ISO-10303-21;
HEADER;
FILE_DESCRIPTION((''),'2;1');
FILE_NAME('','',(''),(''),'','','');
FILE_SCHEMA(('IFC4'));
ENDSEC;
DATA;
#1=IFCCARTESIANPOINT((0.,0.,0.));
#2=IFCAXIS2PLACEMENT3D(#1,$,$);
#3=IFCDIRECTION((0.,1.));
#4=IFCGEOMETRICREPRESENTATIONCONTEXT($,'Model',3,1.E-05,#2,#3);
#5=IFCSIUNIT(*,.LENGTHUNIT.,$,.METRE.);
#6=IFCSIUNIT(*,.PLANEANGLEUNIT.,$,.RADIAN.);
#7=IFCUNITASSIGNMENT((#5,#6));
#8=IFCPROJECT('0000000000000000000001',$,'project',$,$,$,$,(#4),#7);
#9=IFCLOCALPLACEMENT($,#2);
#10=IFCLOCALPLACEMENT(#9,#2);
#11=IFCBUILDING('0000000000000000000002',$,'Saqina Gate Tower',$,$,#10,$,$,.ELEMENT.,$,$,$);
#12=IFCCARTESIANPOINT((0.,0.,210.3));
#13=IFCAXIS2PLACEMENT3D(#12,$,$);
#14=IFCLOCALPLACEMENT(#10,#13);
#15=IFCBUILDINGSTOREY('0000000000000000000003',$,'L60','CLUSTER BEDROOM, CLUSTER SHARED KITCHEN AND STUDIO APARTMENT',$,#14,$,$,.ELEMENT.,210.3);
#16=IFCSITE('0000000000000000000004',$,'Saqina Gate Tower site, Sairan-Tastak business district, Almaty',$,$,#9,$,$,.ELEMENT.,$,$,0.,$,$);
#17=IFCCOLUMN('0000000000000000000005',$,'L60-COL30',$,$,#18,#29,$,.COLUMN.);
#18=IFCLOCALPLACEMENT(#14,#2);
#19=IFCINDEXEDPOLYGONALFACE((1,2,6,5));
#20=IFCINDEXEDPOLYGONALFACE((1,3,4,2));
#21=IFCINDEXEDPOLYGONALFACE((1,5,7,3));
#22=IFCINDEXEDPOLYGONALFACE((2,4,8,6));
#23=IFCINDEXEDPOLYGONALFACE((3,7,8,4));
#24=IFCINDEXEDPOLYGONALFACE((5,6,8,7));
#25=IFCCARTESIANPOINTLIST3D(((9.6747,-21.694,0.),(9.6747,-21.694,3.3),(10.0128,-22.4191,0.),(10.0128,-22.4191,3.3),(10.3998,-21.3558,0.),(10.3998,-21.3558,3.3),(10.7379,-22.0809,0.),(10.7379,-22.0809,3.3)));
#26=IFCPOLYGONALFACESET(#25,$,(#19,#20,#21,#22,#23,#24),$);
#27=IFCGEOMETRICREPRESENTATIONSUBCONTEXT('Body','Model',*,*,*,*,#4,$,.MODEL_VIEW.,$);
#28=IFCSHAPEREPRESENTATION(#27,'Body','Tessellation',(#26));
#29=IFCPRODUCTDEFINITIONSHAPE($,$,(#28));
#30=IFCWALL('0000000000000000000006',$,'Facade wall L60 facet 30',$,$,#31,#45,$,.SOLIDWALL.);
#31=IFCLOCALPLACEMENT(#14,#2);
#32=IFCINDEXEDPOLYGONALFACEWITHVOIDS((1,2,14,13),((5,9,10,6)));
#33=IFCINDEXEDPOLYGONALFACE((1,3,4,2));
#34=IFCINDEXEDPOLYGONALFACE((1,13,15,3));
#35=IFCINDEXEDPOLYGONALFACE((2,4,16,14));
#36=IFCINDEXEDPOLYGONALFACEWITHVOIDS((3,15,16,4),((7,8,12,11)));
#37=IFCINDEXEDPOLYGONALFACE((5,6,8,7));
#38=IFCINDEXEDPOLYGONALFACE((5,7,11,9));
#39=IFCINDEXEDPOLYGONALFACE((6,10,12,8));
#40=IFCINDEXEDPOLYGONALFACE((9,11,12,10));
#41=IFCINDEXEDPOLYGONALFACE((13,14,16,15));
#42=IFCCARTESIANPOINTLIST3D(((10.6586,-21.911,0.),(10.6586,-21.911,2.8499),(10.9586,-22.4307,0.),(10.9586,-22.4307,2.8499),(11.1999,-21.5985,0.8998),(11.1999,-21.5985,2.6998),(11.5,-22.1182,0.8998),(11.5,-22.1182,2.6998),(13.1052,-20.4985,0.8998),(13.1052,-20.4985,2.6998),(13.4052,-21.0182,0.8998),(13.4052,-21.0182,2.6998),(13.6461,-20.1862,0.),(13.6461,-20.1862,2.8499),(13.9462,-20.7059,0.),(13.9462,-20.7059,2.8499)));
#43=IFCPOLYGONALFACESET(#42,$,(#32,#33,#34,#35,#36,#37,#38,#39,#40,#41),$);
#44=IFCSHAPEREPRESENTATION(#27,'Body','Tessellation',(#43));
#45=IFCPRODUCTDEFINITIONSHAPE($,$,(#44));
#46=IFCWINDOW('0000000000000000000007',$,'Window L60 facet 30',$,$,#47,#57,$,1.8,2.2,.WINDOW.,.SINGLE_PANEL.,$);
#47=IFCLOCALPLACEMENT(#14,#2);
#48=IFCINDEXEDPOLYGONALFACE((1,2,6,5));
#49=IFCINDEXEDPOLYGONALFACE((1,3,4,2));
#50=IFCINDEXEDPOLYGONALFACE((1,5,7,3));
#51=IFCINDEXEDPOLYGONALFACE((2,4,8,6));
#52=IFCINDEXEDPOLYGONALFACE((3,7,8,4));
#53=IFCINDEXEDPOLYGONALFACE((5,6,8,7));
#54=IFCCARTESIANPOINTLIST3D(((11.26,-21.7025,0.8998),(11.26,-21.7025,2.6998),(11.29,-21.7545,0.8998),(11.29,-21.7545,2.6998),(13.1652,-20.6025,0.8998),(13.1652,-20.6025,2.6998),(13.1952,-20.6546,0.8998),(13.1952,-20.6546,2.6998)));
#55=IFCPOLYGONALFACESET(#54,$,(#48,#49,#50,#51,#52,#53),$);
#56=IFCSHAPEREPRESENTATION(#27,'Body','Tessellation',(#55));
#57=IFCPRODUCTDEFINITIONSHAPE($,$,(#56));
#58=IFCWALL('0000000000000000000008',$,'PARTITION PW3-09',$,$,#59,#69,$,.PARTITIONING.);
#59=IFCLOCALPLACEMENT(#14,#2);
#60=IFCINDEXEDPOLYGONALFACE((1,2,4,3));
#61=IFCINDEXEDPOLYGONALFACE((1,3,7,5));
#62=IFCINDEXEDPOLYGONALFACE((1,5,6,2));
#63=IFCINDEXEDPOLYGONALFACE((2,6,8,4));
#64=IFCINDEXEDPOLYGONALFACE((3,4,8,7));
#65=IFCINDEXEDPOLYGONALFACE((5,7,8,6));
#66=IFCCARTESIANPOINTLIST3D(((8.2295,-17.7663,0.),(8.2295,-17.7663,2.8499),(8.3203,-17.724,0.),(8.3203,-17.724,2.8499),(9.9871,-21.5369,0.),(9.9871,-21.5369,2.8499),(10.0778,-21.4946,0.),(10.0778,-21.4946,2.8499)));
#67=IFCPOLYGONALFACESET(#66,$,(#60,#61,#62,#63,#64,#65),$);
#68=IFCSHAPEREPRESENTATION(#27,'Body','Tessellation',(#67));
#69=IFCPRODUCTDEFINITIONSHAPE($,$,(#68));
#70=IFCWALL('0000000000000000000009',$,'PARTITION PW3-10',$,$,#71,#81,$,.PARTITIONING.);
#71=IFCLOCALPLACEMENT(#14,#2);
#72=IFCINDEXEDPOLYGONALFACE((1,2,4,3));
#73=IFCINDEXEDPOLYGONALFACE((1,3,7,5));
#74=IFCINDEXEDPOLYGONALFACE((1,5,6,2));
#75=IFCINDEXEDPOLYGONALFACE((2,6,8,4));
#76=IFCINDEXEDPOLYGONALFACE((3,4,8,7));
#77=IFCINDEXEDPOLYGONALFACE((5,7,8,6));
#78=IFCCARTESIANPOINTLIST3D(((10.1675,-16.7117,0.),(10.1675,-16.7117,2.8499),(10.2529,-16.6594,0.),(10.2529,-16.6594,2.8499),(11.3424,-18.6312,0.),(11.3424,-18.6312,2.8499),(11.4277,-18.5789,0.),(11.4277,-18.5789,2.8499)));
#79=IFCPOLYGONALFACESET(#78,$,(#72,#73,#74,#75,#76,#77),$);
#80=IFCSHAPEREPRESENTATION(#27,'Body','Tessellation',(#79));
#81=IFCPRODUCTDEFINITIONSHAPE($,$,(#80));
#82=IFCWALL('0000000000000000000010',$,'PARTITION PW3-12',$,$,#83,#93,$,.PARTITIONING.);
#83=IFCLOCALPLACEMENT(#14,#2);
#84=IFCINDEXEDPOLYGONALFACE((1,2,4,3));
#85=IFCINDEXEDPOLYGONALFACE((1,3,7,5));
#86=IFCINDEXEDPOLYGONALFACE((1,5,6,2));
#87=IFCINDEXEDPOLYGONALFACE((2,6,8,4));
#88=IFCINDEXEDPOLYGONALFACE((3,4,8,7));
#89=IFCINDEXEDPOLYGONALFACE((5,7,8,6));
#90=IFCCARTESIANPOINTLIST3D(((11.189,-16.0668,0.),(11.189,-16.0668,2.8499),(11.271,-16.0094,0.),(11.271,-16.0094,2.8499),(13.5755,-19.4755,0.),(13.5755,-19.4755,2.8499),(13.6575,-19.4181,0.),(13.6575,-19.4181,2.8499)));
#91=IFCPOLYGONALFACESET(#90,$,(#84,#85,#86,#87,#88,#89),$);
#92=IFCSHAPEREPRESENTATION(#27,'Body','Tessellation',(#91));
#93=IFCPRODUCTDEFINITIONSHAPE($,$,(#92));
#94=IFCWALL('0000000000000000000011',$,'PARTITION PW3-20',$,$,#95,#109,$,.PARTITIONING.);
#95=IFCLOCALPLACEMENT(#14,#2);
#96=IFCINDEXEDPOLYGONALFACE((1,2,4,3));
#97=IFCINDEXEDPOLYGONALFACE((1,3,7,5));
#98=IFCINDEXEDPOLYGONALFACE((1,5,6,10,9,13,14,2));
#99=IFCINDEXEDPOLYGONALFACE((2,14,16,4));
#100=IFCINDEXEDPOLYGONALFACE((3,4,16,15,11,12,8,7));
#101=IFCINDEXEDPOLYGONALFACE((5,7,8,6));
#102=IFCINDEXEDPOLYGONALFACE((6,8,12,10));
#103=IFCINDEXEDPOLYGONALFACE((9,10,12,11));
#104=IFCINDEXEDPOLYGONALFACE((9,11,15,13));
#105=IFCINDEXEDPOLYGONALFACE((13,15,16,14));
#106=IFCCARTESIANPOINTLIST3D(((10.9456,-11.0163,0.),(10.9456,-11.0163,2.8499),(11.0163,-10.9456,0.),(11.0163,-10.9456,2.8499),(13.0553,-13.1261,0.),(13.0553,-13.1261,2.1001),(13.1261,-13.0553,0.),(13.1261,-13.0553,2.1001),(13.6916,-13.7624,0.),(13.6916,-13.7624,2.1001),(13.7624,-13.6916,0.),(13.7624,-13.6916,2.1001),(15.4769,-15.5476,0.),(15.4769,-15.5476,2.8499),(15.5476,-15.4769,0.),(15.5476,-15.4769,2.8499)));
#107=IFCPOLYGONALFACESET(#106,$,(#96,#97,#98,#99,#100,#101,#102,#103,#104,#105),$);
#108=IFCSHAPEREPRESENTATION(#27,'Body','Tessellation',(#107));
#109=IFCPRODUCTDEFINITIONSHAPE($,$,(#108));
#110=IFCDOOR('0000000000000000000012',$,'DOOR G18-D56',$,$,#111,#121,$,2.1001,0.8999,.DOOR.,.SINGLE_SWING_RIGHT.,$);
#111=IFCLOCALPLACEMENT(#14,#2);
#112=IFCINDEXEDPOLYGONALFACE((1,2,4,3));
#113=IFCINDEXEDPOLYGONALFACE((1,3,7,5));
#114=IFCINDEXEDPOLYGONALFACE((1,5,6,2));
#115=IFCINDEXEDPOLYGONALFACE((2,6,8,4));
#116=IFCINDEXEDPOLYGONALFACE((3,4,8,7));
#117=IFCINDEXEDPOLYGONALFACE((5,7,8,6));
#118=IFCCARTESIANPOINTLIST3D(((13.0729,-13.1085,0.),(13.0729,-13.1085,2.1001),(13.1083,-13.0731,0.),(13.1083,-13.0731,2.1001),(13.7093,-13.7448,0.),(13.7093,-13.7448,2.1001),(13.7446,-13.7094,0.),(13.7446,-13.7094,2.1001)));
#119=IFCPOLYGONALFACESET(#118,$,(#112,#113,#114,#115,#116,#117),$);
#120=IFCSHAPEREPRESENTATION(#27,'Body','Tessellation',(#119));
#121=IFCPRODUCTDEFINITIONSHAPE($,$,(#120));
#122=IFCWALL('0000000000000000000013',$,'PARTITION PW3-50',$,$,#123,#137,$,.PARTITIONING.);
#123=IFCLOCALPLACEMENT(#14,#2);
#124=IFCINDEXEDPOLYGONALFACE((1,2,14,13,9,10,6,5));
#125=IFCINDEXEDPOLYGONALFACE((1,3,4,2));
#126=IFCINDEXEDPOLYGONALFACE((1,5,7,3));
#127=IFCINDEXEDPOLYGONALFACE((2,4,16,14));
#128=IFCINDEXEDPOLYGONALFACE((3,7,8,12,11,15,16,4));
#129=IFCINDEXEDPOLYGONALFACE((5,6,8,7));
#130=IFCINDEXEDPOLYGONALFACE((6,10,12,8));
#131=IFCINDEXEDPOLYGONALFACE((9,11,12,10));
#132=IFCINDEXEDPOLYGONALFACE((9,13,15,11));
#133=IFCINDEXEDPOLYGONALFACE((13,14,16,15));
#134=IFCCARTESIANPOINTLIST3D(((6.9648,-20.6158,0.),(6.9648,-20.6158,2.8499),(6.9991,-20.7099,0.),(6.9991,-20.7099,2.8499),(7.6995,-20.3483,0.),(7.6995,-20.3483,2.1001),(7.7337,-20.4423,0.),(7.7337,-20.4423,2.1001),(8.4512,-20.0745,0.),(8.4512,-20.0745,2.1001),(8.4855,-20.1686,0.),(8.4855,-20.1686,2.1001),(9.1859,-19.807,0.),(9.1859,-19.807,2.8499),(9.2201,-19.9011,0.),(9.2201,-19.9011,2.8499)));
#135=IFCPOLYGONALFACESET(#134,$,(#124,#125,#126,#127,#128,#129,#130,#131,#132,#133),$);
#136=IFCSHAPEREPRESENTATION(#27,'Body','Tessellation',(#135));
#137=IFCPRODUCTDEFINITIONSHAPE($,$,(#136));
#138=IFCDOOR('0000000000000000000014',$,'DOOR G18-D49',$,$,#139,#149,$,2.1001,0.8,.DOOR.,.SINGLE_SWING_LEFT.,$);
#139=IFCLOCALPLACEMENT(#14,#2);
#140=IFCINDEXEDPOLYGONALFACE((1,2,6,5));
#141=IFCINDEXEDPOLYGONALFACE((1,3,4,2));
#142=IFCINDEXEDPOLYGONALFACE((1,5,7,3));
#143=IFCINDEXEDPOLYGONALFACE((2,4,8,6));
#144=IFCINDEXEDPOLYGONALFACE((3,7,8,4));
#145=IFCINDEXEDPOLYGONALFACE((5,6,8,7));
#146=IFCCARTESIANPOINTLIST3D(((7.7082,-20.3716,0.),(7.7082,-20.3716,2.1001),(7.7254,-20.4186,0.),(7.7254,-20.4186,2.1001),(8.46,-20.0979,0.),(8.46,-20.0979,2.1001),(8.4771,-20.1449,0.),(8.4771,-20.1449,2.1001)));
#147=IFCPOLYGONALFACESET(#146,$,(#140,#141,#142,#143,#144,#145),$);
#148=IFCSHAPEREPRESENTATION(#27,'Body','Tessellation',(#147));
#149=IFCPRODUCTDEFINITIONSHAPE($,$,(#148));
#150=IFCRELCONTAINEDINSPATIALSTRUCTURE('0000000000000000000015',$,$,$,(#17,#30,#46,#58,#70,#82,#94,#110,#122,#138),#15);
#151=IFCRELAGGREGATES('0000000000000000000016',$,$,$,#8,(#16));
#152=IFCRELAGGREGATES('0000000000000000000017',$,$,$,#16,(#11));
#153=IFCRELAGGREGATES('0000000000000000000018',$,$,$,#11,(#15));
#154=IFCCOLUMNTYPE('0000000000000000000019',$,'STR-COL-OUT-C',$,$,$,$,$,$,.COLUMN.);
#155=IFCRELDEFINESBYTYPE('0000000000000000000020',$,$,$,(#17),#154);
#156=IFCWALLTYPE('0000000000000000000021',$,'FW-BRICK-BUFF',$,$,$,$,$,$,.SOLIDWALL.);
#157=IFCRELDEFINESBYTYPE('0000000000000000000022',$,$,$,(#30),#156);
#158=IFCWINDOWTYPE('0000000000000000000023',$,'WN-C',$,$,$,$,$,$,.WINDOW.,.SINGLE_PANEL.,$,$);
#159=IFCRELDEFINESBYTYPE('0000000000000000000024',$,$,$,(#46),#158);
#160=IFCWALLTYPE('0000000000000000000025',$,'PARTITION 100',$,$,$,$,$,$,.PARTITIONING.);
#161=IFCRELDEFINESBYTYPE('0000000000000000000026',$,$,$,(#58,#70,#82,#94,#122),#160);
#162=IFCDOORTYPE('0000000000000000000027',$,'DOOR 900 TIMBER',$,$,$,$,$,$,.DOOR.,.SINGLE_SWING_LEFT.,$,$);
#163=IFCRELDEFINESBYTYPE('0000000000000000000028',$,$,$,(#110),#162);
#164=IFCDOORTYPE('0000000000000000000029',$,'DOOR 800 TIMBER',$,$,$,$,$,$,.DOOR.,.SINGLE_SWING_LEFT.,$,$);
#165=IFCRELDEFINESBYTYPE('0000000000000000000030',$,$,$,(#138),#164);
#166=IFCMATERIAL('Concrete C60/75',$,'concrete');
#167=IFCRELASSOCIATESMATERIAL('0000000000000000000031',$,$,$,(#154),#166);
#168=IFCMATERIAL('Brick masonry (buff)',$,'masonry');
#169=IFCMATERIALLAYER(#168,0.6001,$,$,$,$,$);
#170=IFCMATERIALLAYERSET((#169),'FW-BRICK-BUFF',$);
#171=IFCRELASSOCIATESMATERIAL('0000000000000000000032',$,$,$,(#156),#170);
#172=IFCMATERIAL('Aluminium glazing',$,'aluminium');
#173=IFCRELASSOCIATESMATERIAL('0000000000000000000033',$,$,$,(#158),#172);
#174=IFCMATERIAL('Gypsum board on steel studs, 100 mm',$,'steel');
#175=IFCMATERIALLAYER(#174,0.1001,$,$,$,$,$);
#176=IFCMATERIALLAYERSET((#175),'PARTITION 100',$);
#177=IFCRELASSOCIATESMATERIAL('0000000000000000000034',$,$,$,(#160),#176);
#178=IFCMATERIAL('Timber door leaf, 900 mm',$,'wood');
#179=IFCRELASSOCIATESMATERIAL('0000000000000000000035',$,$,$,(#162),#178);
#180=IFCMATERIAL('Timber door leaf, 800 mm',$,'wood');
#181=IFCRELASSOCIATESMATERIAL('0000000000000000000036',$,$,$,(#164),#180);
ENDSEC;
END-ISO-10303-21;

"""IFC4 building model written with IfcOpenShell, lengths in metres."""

from ifc_helpers import new_model, si_unit, direction, frame, frame_2d, origin, origin_2d, place, context, subcontext, project, spatial, rectangle, extrude, material, layer, layer_set, material_profile, profile_set, type_object, element, fill, save


model = new_model("IFC4")

# Units and contexts
model_context = context("Model", 3, precision=1e-05, world=origin(), true_north=direction((0.0, 1.0)))
body_context = subcontext(model_context, "Body", "Model", "MODEL_VIEW")
ifc_project = project(units=[si_unit("LENGTHUNIT", "METRE"), si_unit("PLANEANGLEUNIT", "RADIAN")], contexts=[model_context])

# Site, building, storey
site_placement = place(None, origin())
site = spatial("IfcSite", under=ifc_project, at=site_placement, Name="Saqina Gate Tower site, Sairan-Tastak business district, Almaty", CompositionType="ELEMENT", RefElevation=0.0)
building_placement = place(site_placement, origin())
building = spatial("IfcBuilding", under=site, at=building_placement, Name="Saqina Gate Tower", CompositionType="ELEMENT")
storey_placement = place(building_placement, frame((0.0, 0.0, 210.3)))
storey = spatial("IfcBuildingStorey", under=building, at=storey_placement, Name="L60", Description="CLUSTER BEDROOM, CLUSTER SHARED KITCHEN AND STUDIO APARTMENT", CompositionType="ELEMENT", Elevation=210.3)

# Column
ifc_material_1 = material(Name="Concrete C60/75", Category="concrete")
ifc_material_profile = material_profile(ifc_material_1, rectangle(XDim=0.8, YDim=0.8, at=origin_2d()), Name="RC 800x800")
ifc_profile_set = profile_set([ifc_material_profile], Name="Concrete C60/75")
column_type = type_object("IfcColumnType", Name="STR-COL-OUT-C", PredefinedType="COLUMN", material=ifc_profile_set)
column_placement = place(storey_placement, frame((10.2063, -21.8875, 0.0), z_axis=(0.0, 0.0, 1.0), x_axis=(0.422618, -0.906308, 0.0)))
element("IfcColumn", 1, at=column_placement, inside=storey, type_object=column_type, Name="L60-COL30", PredefinedType="COLUMN", context=body_context, shape_type="SweptSolid", body=[
    extrude(rectangle(XDim=0.8, YDim=0.8, at=origin_2d()), origin(), (0.0, 0.0, 1.0), 3.3),
])

# Wall, opening, window
ifc_material_2 = material(Name="Brick masonry (buff)", Category="masonry")
ifc_layer_1 = layer(ifc_material_2, 0.6001)
ifc_layer_set_1 = layer_set([ifc_layer_1], Name="FW-BRICK-BUFF")
wall_type_1 = type_object("IfcWallType", Name="FW-BRICK-BUFF", PredefinedType="SOLIDWALL", material=ifc_layer_set_1)
wall_1_placement = place(storey_placement, frame((10.8086, -22.1709, 0.0), z_axis=(0.0, 0.0, 1.0), x_axis=(0.866026, 0.499998, 0.0)))
wall_1 = element("IfcWall", 2, at=wall_1_placement, inside=storey, type_object=wall_type_1, Name="Facade wall L60 facet 30", PredefinedType="SOLIDWALL", context=body_context, shape_type="SweptSolid", body=[
    extrude(rectangle(XDim=3.4497, YDim=0.6001, at=frame_2d((1.7249, 0.0))), origin(), (0.0, 0.0, 1.0), 2.8499),
])
opening_1_placement = place(wall_1_placement, frame((0.625, 0.0, 0.8999)))
opening_1 = element("IfcOpeningElement", 3, at=opening_1_placement, cuts=wall_1, PredefinedType="OPENING", context=body_context, shape_type="SweptSolid", body=[
    extrude(rectangle(XDim=2.2, YDim=1.8, at=frame_2d((1.1001, 0.8999))), frame((0.0, 0.312, 0.0), z_axis=(0.0, -1.0, 0.0), x_axis=(1.0, 0.0, 0.0)), (0.0, 0.0, 1.0), 0.624),
])
ifc_material_3 = material(Name="Aluminium glazing", Category="aluminium")
window_type = type_object("IfcWindowType", Name="WN-C", PartitioningType="SINGLE_PANEL", PredefinedType="WINDOW", material=ifc_material_3)
window_placement = place(opening_1_placement, origin())
window = element("IfcWindow", 4, at=window_placement, inside=storey, type_object=window_type, Name="Window L60 facet 30", OverallHeight=1.8, OverallWidth=2.2, PartitioningType="SINGLE_PANEL", PredefinedType="WINDOW", context=body_context, shape_type="SweptSolid", body=[
    extrude(rectangle(XDim=2.2, YDim=1.8, at=frame_2d((1.1001, 0.8999))), frame((0.0, 0.1799, 0.0), z_axis=(0.0, -1.0, 0.0), x_axis=(1.0, 0.0, 0.0)), (0.0, 0.0, 1.0), 0.0601),
])
fill(opening_1, window)

# Walls
ifc_material_4 = material(Name="Gypsum board on steel studs, 100 mm", Category="steel")
ifc_layer_2 = layer(ifc_material_4, 0.1001)
ifc_layer_set_2 = layer_set([ifc_layer_2], Name="PARTITION 100")
wall_type_2 = type_object("IfcWallType", Name="PARTITION 100", PredefinedType="PARTITIONING", material=ifc_layer_set_2)
wall_2_placement = place(storey_placement, frame((8.2749, -17.7451, 0.0), z_axis=(0.0, 0.0, 1.0), x_axis=(0.422468, -0.906378, 0.0)))
element("IfcWall", 5, at=wall_2_placement, inside=storey, type_object=wall_type_2, Name="PARTITION PW3-09", PredefinedType="PARTITIONING", context=body_context, shape_type="SweptSolid", body=[
    extrude(rectangle(XDim=4.1602, YDim=0.1001, at=frame_2d((2.0801, 0.0))), origin(), (0.0, 0.0, 1.0), 2.8499),
])
wall_3_placement = place(storey_placement, frame((10.2102, -16.6855, 0.0), z_axis=(0.0, 0.0, 1.0), x_axis=(0.522038, -0.852922, 0.0)))
element("IfcWall", 6, at=wall_3_placement, inside=storey, type_object=wall_type_2, Name="PARTITION PW3-10", PredefinedType="PARTITIONING", context=body_context, shape_type="SweptSolid", body=[
    extrude(rectangle(XDim=2.2505, YDim=0.1001, at=frame_2d((1.1252, 0.0))), origin(), (0.0, 0.0, 1.0), 2.8499),
])
wall_4_placement = place(storey_placement, frame((11.23, -16.0381, 0.0), z_axis=(0.0, 0.0, 1.0), x_axis=(0.573525, -0.819188, 0.0)))
element("IfcWall", 7, at=wall_4_placement, inside=storey, type_object=wall_type_2, Name="PARTITION PW3-12", PredefinedType="PARTITIONING", context=body_context, shape_type="SweptSolid", body=[
    extrude(rectangle(XDim=4.1611, YDim=0.1001, at=frame_2d((2.0806, 0.0))), origin(), (0.0, 0.0, 1.0), 2.8499),
])

# Walls, openings, doors
wall_5_placement = place(storey_placement, frame((10.981, -10.981, 0.0), z_axis=(0.0, 0.0, 1.0), x_axis=(0.707107, -0.707107, 0.0)))
wall_5 = element("IfcWall", 8, at=wall_5_placement, inside=storey, type_object=wall_type_2, Name="PARTITION PW3-20", PredefinedType="PARTITIONING", context=body_context, shape_type="SweptSolid", body=[
    extrude(rectangle(XDim=6.4082, YDim=0.1001, at=frame_2d((3.2041, 0.0))), origin(), (0.0, 0.0, 1.0), 2.8499),
])
opening_2_placement = place(wall_5_placement, frame((2.9836, 0.0, 0.0)))
opening_2 = element("IfcOpeningElement", 9, at=opening_2_placement, cuts=wall_5, PredefinedType="OPENING", context=body_context, shape_type="SweptSolid", body=[
    extrude(rectangle(XDim=0.8999, YDim=2.1001, at=frame_2d((0.45, 1.05))), frame((0.0, 0.062, 0.0), z_axis=(0.0, -1.0, 0.0), x_axis=(1.0, 0.0, 0.0)), (0.0, 0.0, 1.0), 0.124),
])
ifc_material_5 = material(Name="Timber door leaf, 900 mm", Category="wood")
door_type_1 = type_object("IfcDoorType", Name="DOOR 900 TIMBER", OperationType="SINGLE_SWING_LEFT", PredefinedType="DOOR", material=ifc_material_5)
door_1_placement = place(opening_2_placement, origin())
door_1 = element("IfcDoor", 10, at=door_1_placement, inside=storey, type_object=door_type_1, Name="DOOR G18-D56", OperationType="SINGLE_SWING_RIGHT", OverallHeight=2.1001, OverallWidth=0.8999, PredefinedType="DOOR", context=body_context, shape_type="SweptSolid", body=[
    extrude(rectangle(XDim=0.8999, YDim=2.1001, at=frame_2d((0.45, 1.05))), frame((0.0, 0.0249, 0.0), z_axis=(0.0, -1.0, 0.0), x_axis=(1.0, 0.0, 0.0)), (0.0, 0.0, 1.0), 0.05),
])
fill(opening_2, door_1)
wall_6_placement = place(storey_placement, frame((6.9819, -20.6628, 0.0), z_axis=(0.0, 0.0, 1.0), x_axis=(0.93964, 0.342166, 0.0)))
wall_6 = element("IfcWall", 11, at=wall_6_placement, inside=storey, type_object=wall_type_2, Name="PARTITION PW3-50", PredefinedType="PARTITIONING", context=body_context, shape_type="SweptSolid", body=[
    extrude(rectangle(XDim=2.3638, YDim=0.1001, at=frame_2d((1.1819, 0.0))), origin(), (0.0, 0.0, 1.0), 2.8499),
])
opening_3_placement = place(wall_6_placement, frame((0.782, 0.0, 0.0)))
opening_3 = element("IfcOpeningElement", 12, at=opening_3_placement, cuts=wall_6, PredefinedType="OPENING", context=body_context, shape_type="SweptSolid", body=[
    extrude(rectangle(XDim=0.8, YDim=2.1001, at=frame_2d((0.3999, 1.05))), frame((0.0, 0.062, 0.0), z_axis=(0.0, -1.0, 0.0), x_axis=(1.0, 0.0, 0.0)), (0.0, 0.0, 1.0), 0.124),
])
ifc_material_6 = material(Name="Timber door leaf, 800 mm", Category="wood")
door_type_2 = type_object("IfcDoorType", Name="DOOR 800 TIMBER", OperationType="SINGLE_SWING_LEFT", PredefinedType="DOOR", material=ifc_material_6)
door_2_placement = place(opening_3_placement, frame((0.8, 0.0, 0.0), z_axis=(0.0, 0.0, 1.0), x_axis=(-1.0, 0.0, 0.0)))
door_2 = element("IfcDoor", 13, at=door_2_placement, inside=storey, type_object=door_type_2, Name="DOOR G18-D49", OperationType="SINGLE_SWING_LEFT", OverallHeight=2.1001, OverallWidth=0.8, PredefinedType="DOOR", context=body_context, shape_type="SweptSolid", body=[
    extrude(rectangle(XDim=0.8, YDim=2.1001, at=frame_2d((0.3999, 1.05))), frame((0.0, 0.0249, 0.0), z_axis=(0.0, -1.0, 0.0), x_axis=(1.0, 0.0, 0.0)), (0.0, 0.0, 1.0), 0.05),
])
fill(opening_3, door_2)

save(model, "model.ifc")
